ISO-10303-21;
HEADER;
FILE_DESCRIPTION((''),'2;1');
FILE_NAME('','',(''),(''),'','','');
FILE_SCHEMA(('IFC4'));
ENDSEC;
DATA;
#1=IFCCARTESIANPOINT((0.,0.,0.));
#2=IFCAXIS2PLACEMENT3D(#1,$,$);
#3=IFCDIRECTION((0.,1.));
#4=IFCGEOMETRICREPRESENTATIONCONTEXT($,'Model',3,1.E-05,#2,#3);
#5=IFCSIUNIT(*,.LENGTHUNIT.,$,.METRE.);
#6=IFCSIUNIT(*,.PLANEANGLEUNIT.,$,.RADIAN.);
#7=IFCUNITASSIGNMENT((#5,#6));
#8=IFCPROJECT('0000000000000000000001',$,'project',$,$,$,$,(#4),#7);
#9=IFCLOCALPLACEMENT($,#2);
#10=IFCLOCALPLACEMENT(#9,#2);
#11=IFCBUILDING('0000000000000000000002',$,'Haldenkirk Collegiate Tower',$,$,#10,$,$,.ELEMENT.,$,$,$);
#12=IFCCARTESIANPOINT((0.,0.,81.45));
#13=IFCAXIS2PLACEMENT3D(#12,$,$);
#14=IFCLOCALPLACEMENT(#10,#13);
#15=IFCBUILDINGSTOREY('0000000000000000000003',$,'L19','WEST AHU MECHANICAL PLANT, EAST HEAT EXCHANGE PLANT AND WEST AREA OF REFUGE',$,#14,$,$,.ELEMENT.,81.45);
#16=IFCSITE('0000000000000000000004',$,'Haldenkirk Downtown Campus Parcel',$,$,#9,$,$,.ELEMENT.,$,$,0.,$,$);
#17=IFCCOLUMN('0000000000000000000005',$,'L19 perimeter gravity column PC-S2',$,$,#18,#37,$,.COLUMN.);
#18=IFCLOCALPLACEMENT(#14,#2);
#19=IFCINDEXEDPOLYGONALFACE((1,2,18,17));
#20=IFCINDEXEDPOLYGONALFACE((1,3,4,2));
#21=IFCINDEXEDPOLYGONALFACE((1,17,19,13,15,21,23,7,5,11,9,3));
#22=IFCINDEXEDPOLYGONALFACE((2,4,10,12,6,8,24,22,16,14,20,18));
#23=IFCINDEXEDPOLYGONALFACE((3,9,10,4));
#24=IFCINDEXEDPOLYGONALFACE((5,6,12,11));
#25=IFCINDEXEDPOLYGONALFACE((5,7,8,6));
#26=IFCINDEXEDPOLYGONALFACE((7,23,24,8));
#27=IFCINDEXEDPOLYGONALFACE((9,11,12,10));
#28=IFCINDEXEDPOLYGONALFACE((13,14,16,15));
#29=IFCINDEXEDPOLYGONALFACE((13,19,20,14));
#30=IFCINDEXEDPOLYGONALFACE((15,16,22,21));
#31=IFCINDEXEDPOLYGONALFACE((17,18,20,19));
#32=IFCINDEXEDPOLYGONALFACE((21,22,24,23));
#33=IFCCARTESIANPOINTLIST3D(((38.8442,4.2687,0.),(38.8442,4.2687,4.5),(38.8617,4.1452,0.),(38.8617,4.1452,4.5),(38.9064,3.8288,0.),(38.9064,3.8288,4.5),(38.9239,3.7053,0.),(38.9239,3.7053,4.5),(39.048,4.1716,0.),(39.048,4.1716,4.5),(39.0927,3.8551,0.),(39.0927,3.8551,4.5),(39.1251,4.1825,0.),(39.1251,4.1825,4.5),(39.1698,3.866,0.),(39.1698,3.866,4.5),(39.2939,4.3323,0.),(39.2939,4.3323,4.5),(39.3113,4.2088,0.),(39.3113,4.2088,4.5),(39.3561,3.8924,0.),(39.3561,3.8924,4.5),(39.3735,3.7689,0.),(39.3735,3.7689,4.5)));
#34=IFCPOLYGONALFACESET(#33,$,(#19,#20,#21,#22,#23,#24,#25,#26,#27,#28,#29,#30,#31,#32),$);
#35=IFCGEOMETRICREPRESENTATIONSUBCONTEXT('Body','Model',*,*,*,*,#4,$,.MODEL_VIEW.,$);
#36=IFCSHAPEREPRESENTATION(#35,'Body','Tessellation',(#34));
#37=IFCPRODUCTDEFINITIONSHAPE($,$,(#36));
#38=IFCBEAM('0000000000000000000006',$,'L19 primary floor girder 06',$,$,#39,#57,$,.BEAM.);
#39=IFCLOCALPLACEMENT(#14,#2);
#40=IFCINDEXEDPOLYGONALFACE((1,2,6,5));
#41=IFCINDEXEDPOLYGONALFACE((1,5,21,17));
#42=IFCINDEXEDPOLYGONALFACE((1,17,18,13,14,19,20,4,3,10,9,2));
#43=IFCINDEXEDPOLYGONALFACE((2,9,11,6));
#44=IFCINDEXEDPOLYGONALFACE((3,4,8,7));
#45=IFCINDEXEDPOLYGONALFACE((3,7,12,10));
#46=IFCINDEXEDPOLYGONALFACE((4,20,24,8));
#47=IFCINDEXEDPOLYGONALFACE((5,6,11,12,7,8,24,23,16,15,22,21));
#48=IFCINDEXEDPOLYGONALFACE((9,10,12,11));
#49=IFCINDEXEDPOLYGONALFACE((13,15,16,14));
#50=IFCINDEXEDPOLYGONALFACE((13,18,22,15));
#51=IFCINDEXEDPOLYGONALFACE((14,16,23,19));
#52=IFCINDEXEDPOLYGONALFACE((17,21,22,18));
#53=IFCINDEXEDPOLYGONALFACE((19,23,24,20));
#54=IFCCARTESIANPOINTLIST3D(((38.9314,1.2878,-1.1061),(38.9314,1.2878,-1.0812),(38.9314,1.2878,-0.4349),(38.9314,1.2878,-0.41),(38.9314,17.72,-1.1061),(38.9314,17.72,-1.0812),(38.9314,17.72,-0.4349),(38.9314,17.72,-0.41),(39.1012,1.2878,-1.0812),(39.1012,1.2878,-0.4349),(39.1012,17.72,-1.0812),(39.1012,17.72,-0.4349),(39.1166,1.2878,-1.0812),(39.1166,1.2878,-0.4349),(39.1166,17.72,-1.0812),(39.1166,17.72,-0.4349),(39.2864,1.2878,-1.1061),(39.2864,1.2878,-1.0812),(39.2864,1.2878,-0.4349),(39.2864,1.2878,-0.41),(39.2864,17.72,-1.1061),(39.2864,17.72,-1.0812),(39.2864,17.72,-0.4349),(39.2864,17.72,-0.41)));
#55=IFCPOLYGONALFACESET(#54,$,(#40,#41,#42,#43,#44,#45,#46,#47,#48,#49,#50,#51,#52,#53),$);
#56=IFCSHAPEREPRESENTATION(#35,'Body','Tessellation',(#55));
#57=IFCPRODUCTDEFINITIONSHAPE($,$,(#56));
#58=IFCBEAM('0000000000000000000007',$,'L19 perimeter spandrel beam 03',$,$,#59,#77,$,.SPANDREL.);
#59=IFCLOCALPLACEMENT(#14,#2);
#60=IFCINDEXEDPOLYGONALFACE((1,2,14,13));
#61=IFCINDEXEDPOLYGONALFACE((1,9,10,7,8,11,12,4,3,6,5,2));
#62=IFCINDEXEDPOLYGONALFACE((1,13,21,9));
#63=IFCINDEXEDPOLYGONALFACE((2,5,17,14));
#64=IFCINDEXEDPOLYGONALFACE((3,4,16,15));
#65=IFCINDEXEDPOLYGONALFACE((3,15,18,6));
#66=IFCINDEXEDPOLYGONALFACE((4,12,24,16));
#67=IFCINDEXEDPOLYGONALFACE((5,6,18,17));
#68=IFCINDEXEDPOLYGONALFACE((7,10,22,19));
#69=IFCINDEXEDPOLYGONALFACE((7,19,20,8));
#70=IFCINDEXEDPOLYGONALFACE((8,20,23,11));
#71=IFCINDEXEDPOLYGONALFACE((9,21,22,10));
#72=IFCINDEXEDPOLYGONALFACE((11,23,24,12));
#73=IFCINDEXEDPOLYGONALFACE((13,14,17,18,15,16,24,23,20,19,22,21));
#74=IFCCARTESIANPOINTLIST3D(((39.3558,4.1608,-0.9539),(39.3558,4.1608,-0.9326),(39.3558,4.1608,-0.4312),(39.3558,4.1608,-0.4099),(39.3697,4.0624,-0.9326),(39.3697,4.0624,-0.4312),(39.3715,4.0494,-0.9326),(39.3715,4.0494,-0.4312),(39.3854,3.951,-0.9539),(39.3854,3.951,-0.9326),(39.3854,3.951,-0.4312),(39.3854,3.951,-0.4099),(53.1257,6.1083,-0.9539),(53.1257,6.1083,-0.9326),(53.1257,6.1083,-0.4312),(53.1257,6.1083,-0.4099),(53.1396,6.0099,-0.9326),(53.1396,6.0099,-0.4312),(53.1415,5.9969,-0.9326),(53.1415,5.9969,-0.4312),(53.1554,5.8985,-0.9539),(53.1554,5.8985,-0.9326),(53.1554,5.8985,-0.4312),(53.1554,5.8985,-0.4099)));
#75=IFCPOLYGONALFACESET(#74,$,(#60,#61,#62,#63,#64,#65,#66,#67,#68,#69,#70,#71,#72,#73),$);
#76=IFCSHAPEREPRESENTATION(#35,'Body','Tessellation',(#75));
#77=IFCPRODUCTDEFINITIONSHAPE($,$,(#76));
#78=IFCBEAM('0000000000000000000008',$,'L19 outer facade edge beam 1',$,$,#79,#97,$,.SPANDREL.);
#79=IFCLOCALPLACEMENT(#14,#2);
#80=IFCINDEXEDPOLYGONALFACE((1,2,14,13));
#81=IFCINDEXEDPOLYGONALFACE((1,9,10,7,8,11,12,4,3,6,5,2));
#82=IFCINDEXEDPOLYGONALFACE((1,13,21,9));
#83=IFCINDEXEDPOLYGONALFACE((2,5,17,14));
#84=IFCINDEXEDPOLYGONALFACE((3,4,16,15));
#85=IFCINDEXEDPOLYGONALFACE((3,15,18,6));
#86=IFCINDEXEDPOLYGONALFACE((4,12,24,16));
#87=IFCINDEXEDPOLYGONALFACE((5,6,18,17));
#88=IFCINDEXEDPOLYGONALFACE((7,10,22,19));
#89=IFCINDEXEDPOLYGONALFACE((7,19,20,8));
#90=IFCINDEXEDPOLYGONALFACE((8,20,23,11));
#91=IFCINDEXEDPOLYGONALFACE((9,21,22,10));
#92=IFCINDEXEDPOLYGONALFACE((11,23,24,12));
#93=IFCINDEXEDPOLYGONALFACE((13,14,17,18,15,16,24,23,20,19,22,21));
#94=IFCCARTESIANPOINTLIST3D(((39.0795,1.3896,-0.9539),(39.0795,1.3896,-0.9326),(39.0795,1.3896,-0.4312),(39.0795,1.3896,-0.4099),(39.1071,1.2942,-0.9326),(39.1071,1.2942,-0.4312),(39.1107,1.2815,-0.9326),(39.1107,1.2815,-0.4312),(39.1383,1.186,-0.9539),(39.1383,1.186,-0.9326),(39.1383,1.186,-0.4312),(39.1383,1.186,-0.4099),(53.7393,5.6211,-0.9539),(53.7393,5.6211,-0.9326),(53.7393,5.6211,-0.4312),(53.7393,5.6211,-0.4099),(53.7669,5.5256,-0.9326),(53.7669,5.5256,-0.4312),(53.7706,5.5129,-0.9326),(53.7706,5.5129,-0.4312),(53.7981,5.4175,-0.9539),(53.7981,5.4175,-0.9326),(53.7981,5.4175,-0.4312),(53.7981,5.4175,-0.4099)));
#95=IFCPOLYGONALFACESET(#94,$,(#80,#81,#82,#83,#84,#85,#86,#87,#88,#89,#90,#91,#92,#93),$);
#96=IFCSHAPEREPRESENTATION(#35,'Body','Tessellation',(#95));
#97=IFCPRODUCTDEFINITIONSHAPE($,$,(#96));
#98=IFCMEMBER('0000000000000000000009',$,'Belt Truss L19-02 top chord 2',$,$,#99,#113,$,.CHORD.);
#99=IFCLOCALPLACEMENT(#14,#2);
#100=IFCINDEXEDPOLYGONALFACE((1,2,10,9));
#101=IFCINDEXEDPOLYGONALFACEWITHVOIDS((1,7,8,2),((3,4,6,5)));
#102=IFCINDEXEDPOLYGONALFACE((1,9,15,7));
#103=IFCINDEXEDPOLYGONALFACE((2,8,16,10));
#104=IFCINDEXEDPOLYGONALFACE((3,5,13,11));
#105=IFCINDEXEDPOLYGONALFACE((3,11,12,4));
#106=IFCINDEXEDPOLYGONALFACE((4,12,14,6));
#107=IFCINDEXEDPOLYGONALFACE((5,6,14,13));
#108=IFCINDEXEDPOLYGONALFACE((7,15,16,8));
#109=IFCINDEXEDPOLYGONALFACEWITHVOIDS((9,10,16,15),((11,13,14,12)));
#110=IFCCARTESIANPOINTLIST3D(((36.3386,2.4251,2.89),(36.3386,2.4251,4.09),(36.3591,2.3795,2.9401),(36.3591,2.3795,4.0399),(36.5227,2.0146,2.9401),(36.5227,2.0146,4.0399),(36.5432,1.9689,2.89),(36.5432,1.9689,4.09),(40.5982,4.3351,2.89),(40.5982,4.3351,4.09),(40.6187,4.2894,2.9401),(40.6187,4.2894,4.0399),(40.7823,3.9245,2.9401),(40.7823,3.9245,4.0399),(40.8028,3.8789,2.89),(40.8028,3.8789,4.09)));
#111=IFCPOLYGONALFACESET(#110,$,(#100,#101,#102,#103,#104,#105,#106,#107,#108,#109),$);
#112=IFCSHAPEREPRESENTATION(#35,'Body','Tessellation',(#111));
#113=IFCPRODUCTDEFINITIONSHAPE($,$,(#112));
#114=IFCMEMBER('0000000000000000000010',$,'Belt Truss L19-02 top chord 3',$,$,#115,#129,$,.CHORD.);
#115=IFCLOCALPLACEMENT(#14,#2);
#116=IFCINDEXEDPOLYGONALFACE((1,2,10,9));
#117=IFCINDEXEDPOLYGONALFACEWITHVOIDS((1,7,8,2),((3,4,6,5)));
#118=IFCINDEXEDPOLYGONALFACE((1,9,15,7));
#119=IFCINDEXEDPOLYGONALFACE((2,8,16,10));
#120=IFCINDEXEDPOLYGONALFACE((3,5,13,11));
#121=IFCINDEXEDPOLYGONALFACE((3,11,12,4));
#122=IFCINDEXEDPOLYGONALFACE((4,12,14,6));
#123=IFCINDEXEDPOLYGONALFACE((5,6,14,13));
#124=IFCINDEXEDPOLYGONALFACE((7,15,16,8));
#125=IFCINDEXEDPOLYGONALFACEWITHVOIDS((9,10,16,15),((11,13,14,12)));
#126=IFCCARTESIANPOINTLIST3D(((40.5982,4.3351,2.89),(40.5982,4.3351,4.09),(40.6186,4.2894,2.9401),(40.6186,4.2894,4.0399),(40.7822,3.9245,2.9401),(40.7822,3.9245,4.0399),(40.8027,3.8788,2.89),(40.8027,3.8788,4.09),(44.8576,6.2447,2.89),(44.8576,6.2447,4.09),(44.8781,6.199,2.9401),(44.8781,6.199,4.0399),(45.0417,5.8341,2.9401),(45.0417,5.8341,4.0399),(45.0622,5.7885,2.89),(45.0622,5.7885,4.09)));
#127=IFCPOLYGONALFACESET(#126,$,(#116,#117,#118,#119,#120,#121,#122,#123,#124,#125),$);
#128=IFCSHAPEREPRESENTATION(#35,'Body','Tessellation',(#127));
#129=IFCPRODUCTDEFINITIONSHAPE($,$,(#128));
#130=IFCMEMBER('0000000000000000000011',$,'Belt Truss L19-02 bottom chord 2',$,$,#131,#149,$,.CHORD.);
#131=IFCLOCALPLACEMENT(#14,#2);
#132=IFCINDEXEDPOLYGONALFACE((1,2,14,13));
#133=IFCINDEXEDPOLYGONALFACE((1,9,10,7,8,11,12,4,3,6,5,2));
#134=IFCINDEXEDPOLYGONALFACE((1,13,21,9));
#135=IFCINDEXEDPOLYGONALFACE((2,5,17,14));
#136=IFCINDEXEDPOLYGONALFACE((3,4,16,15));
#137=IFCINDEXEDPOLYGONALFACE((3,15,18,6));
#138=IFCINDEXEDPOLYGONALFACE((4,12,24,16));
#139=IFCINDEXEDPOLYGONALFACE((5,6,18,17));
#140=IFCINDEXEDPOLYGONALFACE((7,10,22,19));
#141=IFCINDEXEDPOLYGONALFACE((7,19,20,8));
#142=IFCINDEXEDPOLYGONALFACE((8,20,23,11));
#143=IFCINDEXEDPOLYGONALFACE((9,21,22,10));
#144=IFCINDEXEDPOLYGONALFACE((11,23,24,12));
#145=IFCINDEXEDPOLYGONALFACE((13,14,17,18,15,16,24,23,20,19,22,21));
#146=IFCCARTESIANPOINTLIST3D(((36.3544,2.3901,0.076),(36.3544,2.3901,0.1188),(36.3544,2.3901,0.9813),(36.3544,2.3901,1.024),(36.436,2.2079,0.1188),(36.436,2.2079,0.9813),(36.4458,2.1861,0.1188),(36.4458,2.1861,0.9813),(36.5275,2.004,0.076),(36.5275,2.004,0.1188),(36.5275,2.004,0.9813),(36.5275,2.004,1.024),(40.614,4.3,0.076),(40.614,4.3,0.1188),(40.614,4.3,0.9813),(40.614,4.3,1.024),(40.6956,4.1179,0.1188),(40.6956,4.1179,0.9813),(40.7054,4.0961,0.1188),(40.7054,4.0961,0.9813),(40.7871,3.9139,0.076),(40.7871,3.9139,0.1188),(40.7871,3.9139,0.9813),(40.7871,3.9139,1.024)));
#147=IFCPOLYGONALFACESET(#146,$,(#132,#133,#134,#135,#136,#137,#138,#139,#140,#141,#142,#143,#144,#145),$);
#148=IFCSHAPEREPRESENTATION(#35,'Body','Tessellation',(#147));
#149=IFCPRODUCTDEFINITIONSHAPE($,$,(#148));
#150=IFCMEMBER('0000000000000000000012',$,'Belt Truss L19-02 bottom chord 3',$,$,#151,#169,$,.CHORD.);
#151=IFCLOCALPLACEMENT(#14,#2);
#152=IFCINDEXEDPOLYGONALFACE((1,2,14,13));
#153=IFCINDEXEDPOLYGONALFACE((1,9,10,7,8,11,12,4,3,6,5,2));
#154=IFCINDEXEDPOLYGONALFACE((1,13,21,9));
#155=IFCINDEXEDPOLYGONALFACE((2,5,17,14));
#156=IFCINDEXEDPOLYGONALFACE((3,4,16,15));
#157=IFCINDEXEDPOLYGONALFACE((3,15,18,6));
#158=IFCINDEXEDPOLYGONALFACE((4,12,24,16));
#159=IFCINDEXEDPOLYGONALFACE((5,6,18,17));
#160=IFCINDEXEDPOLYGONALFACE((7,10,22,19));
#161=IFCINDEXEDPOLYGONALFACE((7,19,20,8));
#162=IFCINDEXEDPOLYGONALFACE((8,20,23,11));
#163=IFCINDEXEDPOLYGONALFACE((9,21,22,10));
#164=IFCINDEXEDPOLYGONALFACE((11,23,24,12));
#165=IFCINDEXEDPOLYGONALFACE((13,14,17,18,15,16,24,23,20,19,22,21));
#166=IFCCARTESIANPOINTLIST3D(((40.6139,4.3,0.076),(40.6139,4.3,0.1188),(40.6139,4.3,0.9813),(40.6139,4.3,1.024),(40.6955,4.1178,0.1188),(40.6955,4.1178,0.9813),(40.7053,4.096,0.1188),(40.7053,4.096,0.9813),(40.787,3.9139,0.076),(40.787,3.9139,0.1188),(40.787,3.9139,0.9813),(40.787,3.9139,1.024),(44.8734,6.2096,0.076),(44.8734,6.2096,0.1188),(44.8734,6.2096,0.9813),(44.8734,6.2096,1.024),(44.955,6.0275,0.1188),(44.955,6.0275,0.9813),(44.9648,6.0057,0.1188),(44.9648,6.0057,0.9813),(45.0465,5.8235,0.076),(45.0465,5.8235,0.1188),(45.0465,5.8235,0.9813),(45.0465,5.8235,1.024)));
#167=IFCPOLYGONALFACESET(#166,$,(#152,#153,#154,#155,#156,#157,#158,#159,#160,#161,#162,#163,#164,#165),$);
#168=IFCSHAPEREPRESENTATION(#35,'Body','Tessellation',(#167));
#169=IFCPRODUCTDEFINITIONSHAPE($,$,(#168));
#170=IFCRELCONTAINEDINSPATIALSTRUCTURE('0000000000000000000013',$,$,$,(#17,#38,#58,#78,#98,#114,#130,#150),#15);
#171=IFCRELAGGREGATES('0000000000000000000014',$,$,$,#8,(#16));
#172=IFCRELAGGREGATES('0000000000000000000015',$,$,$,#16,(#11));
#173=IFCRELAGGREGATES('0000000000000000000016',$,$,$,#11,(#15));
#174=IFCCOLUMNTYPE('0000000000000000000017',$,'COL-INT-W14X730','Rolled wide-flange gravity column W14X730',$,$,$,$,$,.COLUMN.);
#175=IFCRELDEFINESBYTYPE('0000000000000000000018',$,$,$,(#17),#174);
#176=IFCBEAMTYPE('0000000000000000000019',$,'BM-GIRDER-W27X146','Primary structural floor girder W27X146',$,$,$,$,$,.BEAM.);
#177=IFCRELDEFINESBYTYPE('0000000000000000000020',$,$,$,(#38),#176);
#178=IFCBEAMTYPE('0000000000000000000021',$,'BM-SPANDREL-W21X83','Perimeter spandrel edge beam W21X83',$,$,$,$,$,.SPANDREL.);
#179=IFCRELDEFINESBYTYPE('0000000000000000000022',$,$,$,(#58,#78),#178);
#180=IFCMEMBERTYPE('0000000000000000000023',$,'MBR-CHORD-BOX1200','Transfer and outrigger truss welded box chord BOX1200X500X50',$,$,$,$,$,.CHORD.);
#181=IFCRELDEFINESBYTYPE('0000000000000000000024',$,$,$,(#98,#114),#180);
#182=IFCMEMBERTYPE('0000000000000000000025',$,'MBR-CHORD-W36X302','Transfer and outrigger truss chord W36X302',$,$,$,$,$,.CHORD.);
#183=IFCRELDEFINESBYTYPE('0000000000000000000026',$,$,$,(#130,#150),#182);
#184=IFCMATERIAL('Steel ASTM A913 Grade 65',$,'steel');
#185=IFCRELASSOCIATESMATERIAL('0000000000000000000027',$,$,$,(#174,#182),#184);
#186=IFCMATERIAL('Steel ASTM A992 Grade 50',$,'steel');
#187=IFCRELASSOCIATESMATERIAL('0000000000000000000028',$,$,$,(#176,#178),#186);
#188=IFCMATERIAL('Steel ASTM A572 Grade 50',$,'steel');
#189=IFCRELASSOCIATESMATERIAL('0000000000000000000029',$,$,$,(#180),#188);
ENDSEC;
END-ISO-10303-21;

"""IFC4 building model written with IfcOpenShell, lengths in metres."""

from ifc_helpers import new_model, si_unit, direction, frame, origin, origin_2d, place, context, subcontext, project, spatial, hollow_rectangle, i_section, extrude, material, material_profile, profile_set, type_object, element, save


model = new_model("IFC4")

# Units and contexts
model_context = context("Model", 3, precision=1e-05, world=origin(), true_north=direction((0.0, 1.0)))
body_context = subcontext(model_context, "Body", "Model", "MODEL_VIEW")
ifc_project = project(units=[si_unit("LENGTHUNIT", "METRE"), si_unit("PLANEANGLEUNIT", "RADIAN")], contexts=[model_context])

# Site, building, storey
site_placement = place(None, origin())
site = spatial("IfcSite", under=ifc_project, at=site_placement, Name="Haldenkirk Downtown Campus Parcel", CompositionType="ELEMENT", RefElevation=0.0)
building_placement = place(site_placement, origin())
building = spatial("IfcBuilding", under=site, at=building_placement, Name="Haldenkirk Collegiate Tower", CompositionType="ELEMENT")
storey_placement = place(building_placement, frame((0.0, 0.0, 81.45)))
storey = spatial("IfcBuildingStorey", under=building, at=storey_placement, Name="L19", Description="WEST AHU MECHANICAL PLANT, EAST HEAT EXCHANGE PLANT AND WEST AREA OF REFUGE", CompositionType="ELEMENT", Elevation=81.45)

# Column
ifc_material_1 = material(Name="Steel ASTM A913 Grade 65", Category="steel")
ifc_material_profile_1 = material_profile(ifc_material_1, i_section(OverallWidth=0.4541, OverallDepth=0.5691, WebThickness=0.0779, FlangeThickness=0.1248, at=origin_2d()), Name="W14X730")
ifc_profile_set_1 = profile_set([ifc_material_profile_1], Name="Steel ASTM A913 Grade 65")
column_type = type_object("IfcColumnType", Name="COL-INT-W14X730", Description="Rolled wide-flange gravity column W14X730", PredefinedType="COLUMN", material=ifc_profile_set_1)
column_placement = place(storey_placement, frame((39.1089, 4.0188, 0.0), z_axis=(0.0, 0.0, 1.0), x_axis=(0.990146, 0.140037, 0.0)))
element("IfcColumn", 1, at=column_placement, inside=storey, type_object=column_type, Name="L19 perimeter gravity column PC-S2", PredefinedType="COLUMN", context=body_context, shape_type="SweptSolid", body=[
    extrude(i_section(OverallWidth=0.4541, OverallDepth=0.5691, WebThickness=0.0779, FlangeThickness=0.1248, at=origin_2d()), origin(), (0.0, 0.0, 1.0), 4.5),
])

# Beams
ifc_material_2 = material(Name="Steel ASTM A992 Grade 50", Category="steel")
ifc_material_profile_2 = material_profile(ifc_material_2, i_section(OverallWidth=0.355, OverallDepth=0.696, WebThickness=0.0154, FlangeThickness=0.0249, at=origin_2d()), Name="W27X146")
ifc_profile_set_2 = profile_set([ifc_material_profile_2], Name="Steel ASTM A992 Grade 50")
beam_type_1 = type_object("IfcBeamType", Name="BM-GIRDER-W27X146", Description="Primary structural floor girder W27X146", PredefinedType="BEAM", material=ifc_profile_set_2)
beam_1_placement = place(storey_placement, frame((39.1089, 1.2878, -0.7581), z_axis=(0.0, 1.0, 0.0), x_axis=(-1.0, 0.0, 0.0)))
element("IfcBeam", 2, at=beam_1_placement, inside=storey, type_object=beam_type_1, Name="L19 primary floor girder 06", PredefinedType="BEAM", context=body_context, shape_type="SweptSolid", body=[
    extrude(i_section(OverallWidth=0.355, OverallDepth=0.696, WebThickness=0.0154, FlangeThickness=0.0249, at=origin_2d()), origin(), (0.0, 0.0, 1.0), 16.4321),
])
ifc_material_profile_3 = material_profile(ifc_material_2, i_section(OverallWidth=0.2119, OverallDepth=0.5439, WebThickness=0.0132, FlangeThickness=0.0212, at=origin_2d()), Name="W21X83")
ifc_profile_set_3 = profile_set([ifc_material_profile_3], Name="Steel ASTM A992 Grade 50")
beam_type_2 = type_object("IfcBeamType", Name="BM-SPANDREL-W21X83", Description="Perimeter spandrel edge beam W21X83", PredefinedType="SPANDREL", material=ifc_profile_set_3)
beam_2_placement = place(storey_placement, frame((39.3706, 4.0559, -0.6819), z_axis=(0.990146, 0.140038, 0.0), x_axis=(-0.140038, 0.990146, 0.0)))
element("IfcBeam", 3, at=beam_2_placement, inside=storey, type_object=beam_type_2, Name="L19 perimeter spandrel beam 03", PredefinedType="SPANDREL", context=body_context, shape_type="SweptSolid", body=[
    extrude(i_section(OverallWidth=0.2119, OverallDepth=0.5439, WebThickness=0.0132, FlangeThickness=0.0212, at=origin_2d()), origin(), (0.0, 0.0, 1.0), 13.907),
])
beam_3_placement = place(storey_placement, frame((39.1089, 1.2878, -0.6819), z_axis=(0.960778, 0.277319, 0.0), x_axis=(-0.277319, 0.960778, 0.0)))
element("IfcBeam", 4, at=beam_3_placement, inside=storey, type_object=beam_type_2, Name="L19 outer facade edge beam 1", PredefinedType="SPANDREL", context=body_context, shape_type="SweptSolid", body=[
    extrude(i_section(OverallWidth=0.2119, OverallDepth=0.5439, WebThickness=0.0132, FlangeThickness=0.0212, at=origin_2d()), origin(), (0.0, 0.0, 1.0), 15.2583),
])

# Members
ifc_material_3 = material(Name="Steel ASTM A572 Grade 50", Category="steel")
ifc_material_profile_4 = material_profile(ifc_material_3, hollow_rectangle(XDim=0.5, YDim=1.2, WallThickness=0.05, at=origin_2d()), Name="BOX1200X500X50")
ifc_profile_set_4 = profile_set([ifc_material_profile_4], Name="Steel ASTM A572 Grade 50")
member_type_1 = type_object("IfcMemberType", Name="MBR-CHORD-BOX1200", Description="Transfer and outrigger truss welded box chord BOX1200X500X50", PredefinedType="CHORD", material=ifc_profile_set_4)
member_1_placement = place(storey_placement, frame((36.4409, 2.197, 3.49), z_axis=(0.912472, 0.40914, 0.0), x_axis=(-0.40914, 0.912472, 0.0)))
element("IfcMember", 5, at=member_1_placement, inside=storey, type_object=member_type_1, Name="Belt Truss L19-02 top chord 2", PredefinedType="CHORD", context=body_context, shape_type="SweptSolid", body=[
    extrude(hollow_rectangle(XDim=0.5, YDim=1.2, WallThickness=0.05, at=origin_2d()), origin(), (0.0, 0.0, 1.0), 4.6682),
])
member_2_placement = place(storey_placement, frame((40.7004, 4.1069, 3.49), z_axis=(0.912491, 0.409096, 0.0), x_axis=(-0.409096, 0.912491, 0.0)))
element("IfcMember", 6, at=member_2_placement, inside=storey, type_object=member_type_1, Name="Belt Truss L19-02 top chord 3", PredefinedType="CHORD", context=body_context, shape_type="SweptSolid", body=[
    extrude(hollow_rectangle(XDim=0.5, YDim=1.2, WallThickness=0.05, at=origin_2d()), origin(), (0.0, 0.0, 1.0), 4.668),
])
ifc_material_profile_5 = material_profile(ifc_material_1, i_section(OverallWidth=0.4231, OverallDepth=0.948, WebThickness=0.0239, FlangeThickness=0.0427, at=origin_2d()), Name="W36X302")
ifc_profile_set_5 = profile_set([ifc_material_profile_5], Name="Steel ASTM A913 Grade 65")
member_type_2 = type_object("IfcMemberType", Name="MBR-CHORD-W36X302", Description="Transfer and outrigger truss chord W36X302", PredefinedType="CHORD", material=ifc_profile_set_5)
member_3_placement = place(storey_placement, frame((36.4409, 2.197, 0.55), z_axis=(0.912472, 0.40914, 0.0), x_axis=(-0.40914, 0.912472, 0.0)))
element("IfcMember", 7, at=member_3_placement, inside=storey, type_object=member_type_2, Name="Belt Truss L19-02 bottom chord 2", PredefinedType="CHORD", context=body_context, shape_type="SweptSolid", body=[
    extrude(i_section(OverallWidth=0.4231, OverallDepth=0.948, WebThickness=0.0239, FlangeThickness=0.0427, at=origin_2d()), origin(), (0.0, 0.0, 1.0), 4.6682),
])
member_4_placement = place(storey_placement, frame((40.7004, 4.1069, 0.55), z_axis=(0.912491, 0.409096, 0.0), x_axis=(-0.409096, 0.912491, 0.0)))
element("IfcMember", 8, at=member_4_placement, inside=storey, type_object=member_type_2, Name="Belt Truss L19-02 bottom chord 3", PredefinedType="CHORD", context=body_context, shape_type="SweptSolid", body=[
    extrude(i_section(OverallWidth=0.4231, OverallDepth=0.948, WebThickness=0.0239, FlangeThickness=0.0427, at=origin_2d()), origin(), (0.0, 0.0, 1.0), 4.668),
])

save(model, "model.ifc")
